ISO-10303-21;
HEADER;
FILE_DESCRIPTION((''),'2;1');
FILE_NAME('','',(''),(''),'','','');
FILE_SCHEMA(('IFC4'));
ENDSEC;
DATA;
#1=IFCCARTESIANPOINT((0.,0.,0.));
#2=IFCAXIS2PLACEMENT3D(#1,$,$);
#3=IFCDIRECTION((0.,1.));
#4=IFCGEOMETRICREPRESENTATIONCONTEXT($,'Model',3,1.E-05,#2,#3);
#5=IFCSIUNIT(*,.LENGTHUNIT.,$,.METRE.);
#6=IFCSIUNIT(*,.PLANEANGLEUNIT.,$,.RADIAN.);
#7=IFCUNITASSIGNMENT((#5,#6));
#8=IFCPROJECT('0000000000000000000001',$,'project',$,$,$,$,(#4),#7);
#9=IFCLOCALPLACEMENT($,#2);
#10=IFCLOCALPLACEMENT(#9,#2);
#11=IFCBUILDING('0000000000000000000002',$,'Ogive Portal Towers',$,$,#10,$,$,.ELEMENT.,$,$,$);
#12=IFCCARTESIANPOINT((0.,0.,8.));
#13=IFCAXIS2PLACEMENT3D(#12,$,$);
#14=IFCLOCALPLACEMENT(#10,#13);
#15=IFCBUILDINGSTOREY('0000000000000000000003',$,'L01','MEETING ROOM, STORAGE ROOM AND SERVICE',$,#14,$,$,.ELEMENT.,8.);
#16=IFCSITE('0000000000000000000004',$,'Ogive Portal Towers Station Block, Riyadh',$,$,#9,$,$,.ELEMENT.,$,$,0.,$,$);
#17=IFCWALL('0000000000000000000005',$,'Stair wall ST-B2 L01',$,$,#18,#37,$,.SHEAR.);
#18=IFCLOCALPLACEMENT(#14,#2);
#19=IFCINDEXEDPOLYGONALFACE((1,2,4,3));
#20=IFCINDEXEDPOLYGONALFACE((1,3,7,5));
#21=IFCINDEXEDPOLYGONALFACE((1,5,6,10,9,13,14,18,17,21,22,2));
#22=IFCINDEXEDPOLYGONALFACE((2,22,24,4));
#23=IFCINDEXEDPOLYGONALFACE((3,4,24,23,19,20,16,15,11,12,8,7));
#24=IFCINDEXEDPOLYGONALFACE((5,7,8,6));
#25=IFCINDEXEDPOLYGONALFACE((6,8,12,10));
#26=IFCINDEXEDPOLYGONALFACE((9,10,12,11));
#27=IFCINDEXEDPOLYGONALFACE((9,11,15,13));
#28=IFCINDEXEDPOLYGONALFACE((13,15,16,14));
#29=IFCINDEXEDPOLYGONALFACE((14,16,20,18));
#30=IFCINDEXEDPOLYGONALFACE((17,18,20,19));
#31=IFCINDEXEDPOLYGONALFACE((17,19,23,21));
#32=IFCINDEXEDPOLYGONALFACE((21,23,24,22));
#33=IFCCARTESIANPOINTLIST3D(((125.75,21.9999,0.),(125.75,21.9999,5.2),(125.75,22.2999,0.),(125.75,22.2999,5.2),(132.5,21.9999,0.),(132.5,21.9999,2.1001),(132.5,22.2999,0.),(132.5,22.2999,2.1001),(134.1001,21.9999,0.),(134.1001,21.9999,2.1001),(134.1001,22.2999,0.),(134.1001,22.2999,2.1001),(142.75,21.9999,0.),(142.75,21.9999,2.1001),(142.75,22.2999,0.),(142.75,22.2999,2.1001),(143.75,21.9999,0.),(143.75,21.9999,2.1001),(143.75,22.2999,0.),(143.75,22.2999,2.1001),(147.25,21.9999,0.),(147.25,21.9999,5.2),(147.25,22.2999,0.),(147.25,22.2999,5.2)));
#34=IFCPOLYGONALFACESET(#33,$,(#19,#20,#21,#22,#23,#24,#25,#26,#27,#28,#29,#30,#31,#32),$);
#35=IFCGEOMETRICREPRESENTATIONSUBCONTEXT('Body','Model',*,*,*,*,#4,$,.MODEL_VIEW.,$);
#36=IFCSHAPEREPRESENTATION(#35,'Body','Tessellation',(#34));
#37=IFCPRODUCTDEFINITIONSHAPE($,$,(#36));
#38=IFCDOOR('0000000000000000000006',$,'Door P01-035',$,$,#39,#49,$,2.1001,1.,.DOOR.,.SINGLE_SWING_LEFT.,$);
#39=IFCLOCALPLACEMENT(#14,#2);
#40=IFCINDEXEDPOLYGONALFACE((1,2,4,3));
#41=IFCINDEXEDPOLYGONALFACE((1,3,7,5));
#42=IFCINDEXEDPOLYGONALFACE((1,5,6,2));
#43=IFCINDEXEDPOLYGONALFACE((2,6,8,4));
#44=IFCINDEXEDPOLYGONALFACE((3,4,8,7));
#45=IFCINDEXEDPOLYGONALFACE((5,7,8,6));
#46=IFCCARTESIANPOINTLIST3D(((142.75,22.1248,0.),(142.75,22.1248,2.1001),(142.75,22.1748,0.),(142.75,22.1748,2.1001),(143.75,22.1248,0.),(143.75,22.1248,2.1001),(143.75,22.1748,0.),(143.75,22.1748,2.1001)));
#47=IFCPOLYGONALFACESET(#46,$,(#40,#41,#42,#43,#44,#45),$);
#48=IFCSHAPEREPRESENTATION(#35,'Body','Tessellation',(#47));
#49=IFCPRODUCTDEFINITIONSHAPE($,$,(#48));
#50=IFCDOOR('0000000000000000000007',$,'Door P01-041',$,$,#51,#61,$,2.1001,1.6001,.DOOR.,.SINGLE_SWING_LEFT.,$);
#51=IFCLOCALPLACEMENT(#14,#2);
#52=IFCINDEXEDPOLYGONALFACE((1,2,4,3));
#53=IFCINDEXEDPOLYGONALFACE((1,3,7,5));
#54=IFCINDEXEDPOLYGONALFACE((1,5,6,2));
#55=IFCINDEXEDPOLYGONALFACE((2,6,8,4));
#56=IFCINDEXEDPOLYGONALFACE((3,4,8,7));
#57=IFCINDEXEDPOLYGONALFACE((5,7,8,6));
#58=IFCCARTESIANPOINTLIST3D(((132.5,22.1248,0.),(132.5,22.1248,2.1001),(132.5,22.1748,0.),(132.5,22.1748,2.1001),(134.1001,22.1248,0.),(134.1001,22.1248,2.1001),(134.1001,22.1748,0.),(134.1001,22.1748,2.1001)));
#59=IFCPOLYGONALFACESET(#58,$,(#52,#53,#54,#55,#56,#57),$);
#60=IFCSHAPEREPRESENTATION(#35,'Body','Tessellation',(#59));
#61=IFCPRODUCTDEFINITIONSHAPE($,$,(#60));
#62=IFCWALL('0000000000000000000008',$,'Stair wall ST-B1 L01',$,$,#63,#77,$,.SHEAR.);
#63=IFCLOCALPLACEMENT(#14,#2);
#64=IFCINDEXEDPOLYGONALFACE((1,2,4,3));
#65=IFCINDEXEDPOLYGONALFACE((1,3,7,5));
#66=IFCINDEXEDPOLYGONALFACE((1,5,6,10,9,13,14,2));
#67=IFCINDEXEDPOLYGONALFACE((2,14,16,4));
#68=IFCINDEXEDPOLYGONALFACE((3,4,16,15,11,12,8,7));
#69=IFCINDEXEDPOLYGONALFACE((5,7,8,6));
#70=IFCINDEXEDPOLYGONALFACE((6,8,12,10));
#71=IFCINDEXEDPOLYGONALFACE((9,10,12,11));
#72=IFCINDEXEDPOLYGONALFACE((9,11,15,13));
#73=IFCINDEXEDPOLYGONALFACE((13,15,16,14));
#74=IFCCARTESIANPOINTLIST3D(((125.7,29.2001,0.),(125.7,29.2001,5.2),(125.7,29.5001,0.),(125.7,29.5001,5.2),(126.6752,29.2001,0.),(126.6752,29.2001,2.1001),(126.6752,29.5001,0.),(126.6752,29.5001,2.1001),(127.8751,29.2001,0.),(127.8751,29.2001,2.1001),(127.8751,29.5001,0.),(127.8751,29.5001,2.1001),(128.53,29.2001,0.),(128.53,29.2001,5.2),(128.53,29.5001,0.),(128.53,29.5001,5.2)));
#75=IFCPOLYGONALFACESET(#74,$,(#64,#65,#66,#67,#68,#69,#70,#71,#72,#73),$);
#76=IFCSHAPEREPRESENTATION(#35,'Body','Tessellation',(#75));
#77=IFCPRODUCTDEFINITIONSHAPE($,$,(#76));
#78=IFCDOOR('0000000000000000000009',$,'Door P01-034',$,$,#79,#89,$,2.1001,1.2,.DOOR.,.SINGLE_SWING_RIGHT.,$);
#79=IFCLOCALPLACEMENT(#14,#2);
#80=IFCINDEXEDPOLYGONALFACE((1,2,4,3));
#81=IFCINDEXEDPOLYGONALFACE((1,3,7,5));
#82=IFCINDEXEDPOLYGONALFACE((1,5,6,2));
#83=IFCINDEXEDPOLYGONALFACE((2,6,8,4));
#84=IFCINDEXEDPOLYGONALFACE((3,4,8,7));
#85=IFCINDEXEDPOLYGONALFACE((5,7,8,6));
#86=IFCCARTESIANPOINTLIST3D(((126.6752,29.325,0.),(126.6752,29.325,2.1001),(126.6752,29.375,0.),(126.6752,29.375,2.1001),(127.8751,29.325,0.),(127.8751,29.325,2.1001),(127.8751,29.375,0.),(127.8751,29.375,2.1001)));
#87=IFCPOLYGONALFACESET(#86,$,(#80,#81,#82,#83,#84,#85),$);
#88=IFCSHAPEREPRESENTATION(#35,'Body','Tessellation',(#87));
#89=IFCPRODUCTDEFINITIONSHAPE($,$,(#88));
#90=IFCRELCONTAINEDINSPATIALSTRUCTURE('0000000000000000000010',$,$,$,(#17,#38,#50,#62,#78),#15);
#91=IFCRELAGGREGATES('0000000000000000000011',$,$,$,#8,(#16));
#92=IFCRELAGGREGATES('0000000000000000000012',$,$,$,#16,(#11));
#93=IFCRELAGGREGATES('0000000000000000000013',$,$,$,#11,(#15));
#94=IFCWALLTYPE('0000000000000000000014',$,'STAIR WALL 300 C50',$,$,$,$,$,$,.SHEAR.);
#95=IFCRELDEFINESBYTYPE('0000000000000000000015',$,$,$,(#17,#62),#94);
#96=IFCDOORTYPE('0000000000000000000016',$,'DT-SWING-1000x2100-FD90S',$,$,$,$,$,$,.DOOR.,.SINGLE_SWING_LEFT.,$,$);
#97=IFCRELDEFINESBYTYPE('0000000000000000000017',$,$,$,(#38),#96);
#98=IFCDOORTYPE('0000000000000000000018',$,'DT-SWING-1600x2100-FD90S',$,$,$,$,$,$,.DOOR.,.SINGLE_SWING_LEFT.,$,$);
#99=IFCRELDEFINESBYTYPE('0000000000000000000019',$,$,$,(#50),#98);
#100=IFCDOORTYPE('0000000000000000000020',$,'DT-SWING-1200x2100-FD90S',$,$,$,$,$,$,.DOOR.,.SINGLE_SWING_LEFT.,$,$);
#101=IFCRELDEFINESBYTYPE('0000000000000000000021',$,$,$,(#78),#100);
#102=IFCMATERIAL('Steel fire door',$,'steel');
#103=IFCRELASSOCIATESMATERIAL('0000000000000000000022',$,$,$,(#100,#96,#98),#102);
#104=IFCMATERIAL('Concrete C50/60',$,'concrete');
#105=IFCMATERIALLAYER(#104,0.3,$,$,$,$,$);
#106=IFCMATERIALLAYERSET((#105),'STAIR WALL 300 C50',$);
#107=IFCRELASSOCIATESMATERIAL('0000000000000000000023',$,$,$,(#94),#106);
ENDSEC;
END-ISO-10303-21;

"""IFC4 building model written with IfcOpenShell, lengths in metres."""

from ifc_helpers import new_model, si_unit, direction, frame, frame_2d, origin, place, context, subcontext, project, spatial, rectangle, extrude, material, layer, layer_set, type_object, element, fill, save


model = new_model("IFC4")

# Units and contexts
model_context = context("Model", 3, precision=1e-05, world=origin(), true_north=direction((0.0, 1.0)))
body_context = subcontext(model_context, "Body", "Model", "MODEL_VIEW")
ifc_project = project(units=[si_unit("LENGTHUNIT", "METRE"), si_unit("PLANEANGLEUNIT", "RADIAN")], contexts=[model_context])

# Site, building, storey
site_placement = place(None, origin())
site = spatial("IfcSite", under=ifc_project, at=site_placement, Name="Ogive Portal Towers Station Block, Riyadh", CompositionType="ELEMENT", RefElevation=0.0)
building_placement = place(site_placement, origin())
building = spatial("IfcBuilding", under=site, at=building_placement, Name="Ogive Portal Towers", CompositionType="ELEMENT")
storey_placement = place(building_placement, frame((0.0, 0.0, 8.0)))
storey = spatial("IfcBuildingStorey", under=building, at=storey_placement, Name="L01", Description="MEETING ROOM, STORAGE ROOM AND SERVICE", CompositionType="ELEMENT", Elevation=8.0)

# Shared definitions
ifc_material_1 = material(Name="Concrete C50/60", Category="concrete")

# Shared definitions
ifc_material_2 = material(Name="Steel fire door", Category="steel")
door_type_1 = type_object("IfcDoorType", Name="DT-SWING-1200x2100-FD90S", OperationType="SINGLE_SWING_LEFT", PredefinedType="DOOR", material=ifc_material_2)

# Shared definitions
door_type_2 = type_object("IfcDoorType", Name="DT-SWING-1000x2100-FD90S", OperationType="SINGLE_SWING_LEFT", PredefinedType="DOOR", material=ifc_material_2)

# Wall, openings, doors
ifc_layer_1 = layer(ifc_material_1, 0.3)
ifc_layer_set_1 = layer_set([ifc_layer_1], Name="STAIR WALL 300 C50")
wall_type_1 = type_object("IfcWallType", Name="STAIR WALL 300 C50", PredefinedType="SHEAR", material=ifc_layer_set_1)
wall_1_placement = place(storey_placement, frame((125.75, 22.1499, 0.0), z_axis=(0.0, 0.0, 1.0), x_axis=(1.0, 0.0, 0.0)))
wall_1 = element("IfcWall", 1, at=wall_1_placement, inside=storey, type_object=wall_type_1, Name="Stair wall ST-B2 L01", PredefinedType="SHEAR", context=body_context, shape_type="SweptSolid", body=[
    extrude(rectangle(XDim=21.5, YDim=0.3, at=frame_2d((10.75, 0.0))), origin(), (0.0, 0.0, 1.0), 5.2),
])
opening_1_placement = place(wall_1_placement, frame((17.0, 0.0, 0.0)))
opening_1 = element("IfcOpeningElement", 2, at=opening_1_placement, cuts=wall_1, PredefinedType="OPENING", context=body_context, shape_type="SweptSolid", body=[
    extrude(rectangle(XDim=1.0, YDim=2.1001, at=frame_2d((0.5, 1.05))), frame((0.0, 0.1602, 0.0), z_axis=(0.0, -1.0, 0.0), x_axis=(1.0, 0.0, 0.0)), (0.0, 0.0, 1.0), 0.3201),
])
opening_2_placement = place(wall_1_placement, frame((6.75, 0.0, 0.0)))
opening_2 = element("IfcOpeningElement", 3, at=opening_2_placement, cuts=wall_1, PredefinedType="OPENING", context=body_context, shape_type="SweptSolid", body=[
    extrude(rectangle(XDim=1.6001, YDim=2.1001, at=frame_2d((0.8, 1.05))), frame((0.0, 0.1602, 0.0), z_axis=(0.0, -1.0, 0.0), x_axis=(1.0, 0.0, 0.0)), (0.0, 0.0, 1.0), 0.3201),
])
door_1_placement = place(opening_1_placement, origin())
door_1 = element("IfcDoor", 4, at=door_1_placement, inside=storey, type_object=door_type_2, Name="Door P01-035", OperationType="SINGLE_SWING_LEFT", OverallHeight=2.1001, OverallWidth=1.0, PredefinedType="DOOR", context=body_context, shape_type="SweptSolid", body=[
    extrude(rectangle(XDim=1.0, YDim=2.1001, at=frame_2d((0.5, 1.05))), frame((0.0, 0.0249, 0.0), z_axis=(0.0, -1.0, 0.0), x_axis=(1.0, 0.0, 0.0)), (0.0, 0.0, 1.0), 0.05),
])
fill(opening_1, door_1)
door_type_3 = type_object("IfcDoorType", Name="DT-SWING-1600x2100-FD90S", OperationType="SINGLE_SWING_LEFT", PredefinedType="DOOR", material=ifc_material_2)
door_2_placement = place(opening_2_placement, origin())
door_2 = element("IfcDoor", 5, at=door_2_placement, inside=storey, type_object=door_type_3, Name="Door P01-041", OperationType="SINGLE_SWING_LEFT", OverallHeight=2.1001, OverallWidth=1.6001, PredefinedType="DOOR", context=body_context, shape_type="SweptSolid", body=[
    extrude(rectangle(XDim=1.6001, YDim=2.1001, at=frame_2d((0.8, 1.05))), frame((0.0, 0.0249, 0.0), z_axis=(0.0, -1.0, 0.0), x_axis=(1.0, 0.0, 0.0)), (0.0, 0.0, 1.0), 0.05),
])
fill(opening_2, door_2)

# Wall, opening, door
wall_2_placement = place(storey_placement, frame((125.7, 29.3501, 0.0), z_axis=(0.0, 0.0, 1.0), x_axis=(1.0, 0.0, 0.0)))
wall_2 = element("IfcWall", 6, at=wall_2_placement, inside=storey, type_object=wall_type_1, Name="Stair wall ST-B1 L01", PredefinedType="SHEAR", context=body_context, shape_type="SweptSolid", body=[
    extrude(rectangle(XDim=2.8301, YDim=0.3, at=frame_2d((1.415, 0.0))), origin(), (0.0, 0.0, 1.0), 5.2),
])
opening_3_placement = place(wall_2_placement, frame((0.9751, 0.0, 0.0)))
opening_3 = element("IfcOpeningElement", 7, at=opening_3_placement, cuts=wall_2, PredefinedType="OPENING", context=body_context, shape_type="SweptSolid", body=[
    extrude(rectangle(XDim=1.2, YDim=2.1001, at=frame_2d((0.6001, 1.05))), frame((0.0, 0.1602, 0.0), z_axis=(0.0, -1.0, 0.0), x_axis=(1.0, 0.0, 0.0)), (0.0, 0.0, 1.0), 0.3201),
])
door_3_placement = place(opening_3_placement, origin())
door_3 = element("IfcDoor", 8, at=door_3_placement, inside=storey, type_object=door_type_1, Name="Door P01-034", OperationType="SINGLE_SWING_RIGHT", OverallHeight=2.1001, OverallWidth=1.2, PredefinedType="DOOR", context=body_context, shape_type="SweptSolid", body=[
    extrude(rectangle(XDim=1.2, YDim=2.1001, at=frame_2d((0.6001, 1.05))), frame((0.0, 0.0249, 0.0), z_axis=(0.0, -1.0, 0.0), x_axis=(1.0, 0.0, 0.0)), (0.0, 0.0, 1.0), 0.05),
])
fill(opening_3, door_3)

save(model, "model.ifc")
